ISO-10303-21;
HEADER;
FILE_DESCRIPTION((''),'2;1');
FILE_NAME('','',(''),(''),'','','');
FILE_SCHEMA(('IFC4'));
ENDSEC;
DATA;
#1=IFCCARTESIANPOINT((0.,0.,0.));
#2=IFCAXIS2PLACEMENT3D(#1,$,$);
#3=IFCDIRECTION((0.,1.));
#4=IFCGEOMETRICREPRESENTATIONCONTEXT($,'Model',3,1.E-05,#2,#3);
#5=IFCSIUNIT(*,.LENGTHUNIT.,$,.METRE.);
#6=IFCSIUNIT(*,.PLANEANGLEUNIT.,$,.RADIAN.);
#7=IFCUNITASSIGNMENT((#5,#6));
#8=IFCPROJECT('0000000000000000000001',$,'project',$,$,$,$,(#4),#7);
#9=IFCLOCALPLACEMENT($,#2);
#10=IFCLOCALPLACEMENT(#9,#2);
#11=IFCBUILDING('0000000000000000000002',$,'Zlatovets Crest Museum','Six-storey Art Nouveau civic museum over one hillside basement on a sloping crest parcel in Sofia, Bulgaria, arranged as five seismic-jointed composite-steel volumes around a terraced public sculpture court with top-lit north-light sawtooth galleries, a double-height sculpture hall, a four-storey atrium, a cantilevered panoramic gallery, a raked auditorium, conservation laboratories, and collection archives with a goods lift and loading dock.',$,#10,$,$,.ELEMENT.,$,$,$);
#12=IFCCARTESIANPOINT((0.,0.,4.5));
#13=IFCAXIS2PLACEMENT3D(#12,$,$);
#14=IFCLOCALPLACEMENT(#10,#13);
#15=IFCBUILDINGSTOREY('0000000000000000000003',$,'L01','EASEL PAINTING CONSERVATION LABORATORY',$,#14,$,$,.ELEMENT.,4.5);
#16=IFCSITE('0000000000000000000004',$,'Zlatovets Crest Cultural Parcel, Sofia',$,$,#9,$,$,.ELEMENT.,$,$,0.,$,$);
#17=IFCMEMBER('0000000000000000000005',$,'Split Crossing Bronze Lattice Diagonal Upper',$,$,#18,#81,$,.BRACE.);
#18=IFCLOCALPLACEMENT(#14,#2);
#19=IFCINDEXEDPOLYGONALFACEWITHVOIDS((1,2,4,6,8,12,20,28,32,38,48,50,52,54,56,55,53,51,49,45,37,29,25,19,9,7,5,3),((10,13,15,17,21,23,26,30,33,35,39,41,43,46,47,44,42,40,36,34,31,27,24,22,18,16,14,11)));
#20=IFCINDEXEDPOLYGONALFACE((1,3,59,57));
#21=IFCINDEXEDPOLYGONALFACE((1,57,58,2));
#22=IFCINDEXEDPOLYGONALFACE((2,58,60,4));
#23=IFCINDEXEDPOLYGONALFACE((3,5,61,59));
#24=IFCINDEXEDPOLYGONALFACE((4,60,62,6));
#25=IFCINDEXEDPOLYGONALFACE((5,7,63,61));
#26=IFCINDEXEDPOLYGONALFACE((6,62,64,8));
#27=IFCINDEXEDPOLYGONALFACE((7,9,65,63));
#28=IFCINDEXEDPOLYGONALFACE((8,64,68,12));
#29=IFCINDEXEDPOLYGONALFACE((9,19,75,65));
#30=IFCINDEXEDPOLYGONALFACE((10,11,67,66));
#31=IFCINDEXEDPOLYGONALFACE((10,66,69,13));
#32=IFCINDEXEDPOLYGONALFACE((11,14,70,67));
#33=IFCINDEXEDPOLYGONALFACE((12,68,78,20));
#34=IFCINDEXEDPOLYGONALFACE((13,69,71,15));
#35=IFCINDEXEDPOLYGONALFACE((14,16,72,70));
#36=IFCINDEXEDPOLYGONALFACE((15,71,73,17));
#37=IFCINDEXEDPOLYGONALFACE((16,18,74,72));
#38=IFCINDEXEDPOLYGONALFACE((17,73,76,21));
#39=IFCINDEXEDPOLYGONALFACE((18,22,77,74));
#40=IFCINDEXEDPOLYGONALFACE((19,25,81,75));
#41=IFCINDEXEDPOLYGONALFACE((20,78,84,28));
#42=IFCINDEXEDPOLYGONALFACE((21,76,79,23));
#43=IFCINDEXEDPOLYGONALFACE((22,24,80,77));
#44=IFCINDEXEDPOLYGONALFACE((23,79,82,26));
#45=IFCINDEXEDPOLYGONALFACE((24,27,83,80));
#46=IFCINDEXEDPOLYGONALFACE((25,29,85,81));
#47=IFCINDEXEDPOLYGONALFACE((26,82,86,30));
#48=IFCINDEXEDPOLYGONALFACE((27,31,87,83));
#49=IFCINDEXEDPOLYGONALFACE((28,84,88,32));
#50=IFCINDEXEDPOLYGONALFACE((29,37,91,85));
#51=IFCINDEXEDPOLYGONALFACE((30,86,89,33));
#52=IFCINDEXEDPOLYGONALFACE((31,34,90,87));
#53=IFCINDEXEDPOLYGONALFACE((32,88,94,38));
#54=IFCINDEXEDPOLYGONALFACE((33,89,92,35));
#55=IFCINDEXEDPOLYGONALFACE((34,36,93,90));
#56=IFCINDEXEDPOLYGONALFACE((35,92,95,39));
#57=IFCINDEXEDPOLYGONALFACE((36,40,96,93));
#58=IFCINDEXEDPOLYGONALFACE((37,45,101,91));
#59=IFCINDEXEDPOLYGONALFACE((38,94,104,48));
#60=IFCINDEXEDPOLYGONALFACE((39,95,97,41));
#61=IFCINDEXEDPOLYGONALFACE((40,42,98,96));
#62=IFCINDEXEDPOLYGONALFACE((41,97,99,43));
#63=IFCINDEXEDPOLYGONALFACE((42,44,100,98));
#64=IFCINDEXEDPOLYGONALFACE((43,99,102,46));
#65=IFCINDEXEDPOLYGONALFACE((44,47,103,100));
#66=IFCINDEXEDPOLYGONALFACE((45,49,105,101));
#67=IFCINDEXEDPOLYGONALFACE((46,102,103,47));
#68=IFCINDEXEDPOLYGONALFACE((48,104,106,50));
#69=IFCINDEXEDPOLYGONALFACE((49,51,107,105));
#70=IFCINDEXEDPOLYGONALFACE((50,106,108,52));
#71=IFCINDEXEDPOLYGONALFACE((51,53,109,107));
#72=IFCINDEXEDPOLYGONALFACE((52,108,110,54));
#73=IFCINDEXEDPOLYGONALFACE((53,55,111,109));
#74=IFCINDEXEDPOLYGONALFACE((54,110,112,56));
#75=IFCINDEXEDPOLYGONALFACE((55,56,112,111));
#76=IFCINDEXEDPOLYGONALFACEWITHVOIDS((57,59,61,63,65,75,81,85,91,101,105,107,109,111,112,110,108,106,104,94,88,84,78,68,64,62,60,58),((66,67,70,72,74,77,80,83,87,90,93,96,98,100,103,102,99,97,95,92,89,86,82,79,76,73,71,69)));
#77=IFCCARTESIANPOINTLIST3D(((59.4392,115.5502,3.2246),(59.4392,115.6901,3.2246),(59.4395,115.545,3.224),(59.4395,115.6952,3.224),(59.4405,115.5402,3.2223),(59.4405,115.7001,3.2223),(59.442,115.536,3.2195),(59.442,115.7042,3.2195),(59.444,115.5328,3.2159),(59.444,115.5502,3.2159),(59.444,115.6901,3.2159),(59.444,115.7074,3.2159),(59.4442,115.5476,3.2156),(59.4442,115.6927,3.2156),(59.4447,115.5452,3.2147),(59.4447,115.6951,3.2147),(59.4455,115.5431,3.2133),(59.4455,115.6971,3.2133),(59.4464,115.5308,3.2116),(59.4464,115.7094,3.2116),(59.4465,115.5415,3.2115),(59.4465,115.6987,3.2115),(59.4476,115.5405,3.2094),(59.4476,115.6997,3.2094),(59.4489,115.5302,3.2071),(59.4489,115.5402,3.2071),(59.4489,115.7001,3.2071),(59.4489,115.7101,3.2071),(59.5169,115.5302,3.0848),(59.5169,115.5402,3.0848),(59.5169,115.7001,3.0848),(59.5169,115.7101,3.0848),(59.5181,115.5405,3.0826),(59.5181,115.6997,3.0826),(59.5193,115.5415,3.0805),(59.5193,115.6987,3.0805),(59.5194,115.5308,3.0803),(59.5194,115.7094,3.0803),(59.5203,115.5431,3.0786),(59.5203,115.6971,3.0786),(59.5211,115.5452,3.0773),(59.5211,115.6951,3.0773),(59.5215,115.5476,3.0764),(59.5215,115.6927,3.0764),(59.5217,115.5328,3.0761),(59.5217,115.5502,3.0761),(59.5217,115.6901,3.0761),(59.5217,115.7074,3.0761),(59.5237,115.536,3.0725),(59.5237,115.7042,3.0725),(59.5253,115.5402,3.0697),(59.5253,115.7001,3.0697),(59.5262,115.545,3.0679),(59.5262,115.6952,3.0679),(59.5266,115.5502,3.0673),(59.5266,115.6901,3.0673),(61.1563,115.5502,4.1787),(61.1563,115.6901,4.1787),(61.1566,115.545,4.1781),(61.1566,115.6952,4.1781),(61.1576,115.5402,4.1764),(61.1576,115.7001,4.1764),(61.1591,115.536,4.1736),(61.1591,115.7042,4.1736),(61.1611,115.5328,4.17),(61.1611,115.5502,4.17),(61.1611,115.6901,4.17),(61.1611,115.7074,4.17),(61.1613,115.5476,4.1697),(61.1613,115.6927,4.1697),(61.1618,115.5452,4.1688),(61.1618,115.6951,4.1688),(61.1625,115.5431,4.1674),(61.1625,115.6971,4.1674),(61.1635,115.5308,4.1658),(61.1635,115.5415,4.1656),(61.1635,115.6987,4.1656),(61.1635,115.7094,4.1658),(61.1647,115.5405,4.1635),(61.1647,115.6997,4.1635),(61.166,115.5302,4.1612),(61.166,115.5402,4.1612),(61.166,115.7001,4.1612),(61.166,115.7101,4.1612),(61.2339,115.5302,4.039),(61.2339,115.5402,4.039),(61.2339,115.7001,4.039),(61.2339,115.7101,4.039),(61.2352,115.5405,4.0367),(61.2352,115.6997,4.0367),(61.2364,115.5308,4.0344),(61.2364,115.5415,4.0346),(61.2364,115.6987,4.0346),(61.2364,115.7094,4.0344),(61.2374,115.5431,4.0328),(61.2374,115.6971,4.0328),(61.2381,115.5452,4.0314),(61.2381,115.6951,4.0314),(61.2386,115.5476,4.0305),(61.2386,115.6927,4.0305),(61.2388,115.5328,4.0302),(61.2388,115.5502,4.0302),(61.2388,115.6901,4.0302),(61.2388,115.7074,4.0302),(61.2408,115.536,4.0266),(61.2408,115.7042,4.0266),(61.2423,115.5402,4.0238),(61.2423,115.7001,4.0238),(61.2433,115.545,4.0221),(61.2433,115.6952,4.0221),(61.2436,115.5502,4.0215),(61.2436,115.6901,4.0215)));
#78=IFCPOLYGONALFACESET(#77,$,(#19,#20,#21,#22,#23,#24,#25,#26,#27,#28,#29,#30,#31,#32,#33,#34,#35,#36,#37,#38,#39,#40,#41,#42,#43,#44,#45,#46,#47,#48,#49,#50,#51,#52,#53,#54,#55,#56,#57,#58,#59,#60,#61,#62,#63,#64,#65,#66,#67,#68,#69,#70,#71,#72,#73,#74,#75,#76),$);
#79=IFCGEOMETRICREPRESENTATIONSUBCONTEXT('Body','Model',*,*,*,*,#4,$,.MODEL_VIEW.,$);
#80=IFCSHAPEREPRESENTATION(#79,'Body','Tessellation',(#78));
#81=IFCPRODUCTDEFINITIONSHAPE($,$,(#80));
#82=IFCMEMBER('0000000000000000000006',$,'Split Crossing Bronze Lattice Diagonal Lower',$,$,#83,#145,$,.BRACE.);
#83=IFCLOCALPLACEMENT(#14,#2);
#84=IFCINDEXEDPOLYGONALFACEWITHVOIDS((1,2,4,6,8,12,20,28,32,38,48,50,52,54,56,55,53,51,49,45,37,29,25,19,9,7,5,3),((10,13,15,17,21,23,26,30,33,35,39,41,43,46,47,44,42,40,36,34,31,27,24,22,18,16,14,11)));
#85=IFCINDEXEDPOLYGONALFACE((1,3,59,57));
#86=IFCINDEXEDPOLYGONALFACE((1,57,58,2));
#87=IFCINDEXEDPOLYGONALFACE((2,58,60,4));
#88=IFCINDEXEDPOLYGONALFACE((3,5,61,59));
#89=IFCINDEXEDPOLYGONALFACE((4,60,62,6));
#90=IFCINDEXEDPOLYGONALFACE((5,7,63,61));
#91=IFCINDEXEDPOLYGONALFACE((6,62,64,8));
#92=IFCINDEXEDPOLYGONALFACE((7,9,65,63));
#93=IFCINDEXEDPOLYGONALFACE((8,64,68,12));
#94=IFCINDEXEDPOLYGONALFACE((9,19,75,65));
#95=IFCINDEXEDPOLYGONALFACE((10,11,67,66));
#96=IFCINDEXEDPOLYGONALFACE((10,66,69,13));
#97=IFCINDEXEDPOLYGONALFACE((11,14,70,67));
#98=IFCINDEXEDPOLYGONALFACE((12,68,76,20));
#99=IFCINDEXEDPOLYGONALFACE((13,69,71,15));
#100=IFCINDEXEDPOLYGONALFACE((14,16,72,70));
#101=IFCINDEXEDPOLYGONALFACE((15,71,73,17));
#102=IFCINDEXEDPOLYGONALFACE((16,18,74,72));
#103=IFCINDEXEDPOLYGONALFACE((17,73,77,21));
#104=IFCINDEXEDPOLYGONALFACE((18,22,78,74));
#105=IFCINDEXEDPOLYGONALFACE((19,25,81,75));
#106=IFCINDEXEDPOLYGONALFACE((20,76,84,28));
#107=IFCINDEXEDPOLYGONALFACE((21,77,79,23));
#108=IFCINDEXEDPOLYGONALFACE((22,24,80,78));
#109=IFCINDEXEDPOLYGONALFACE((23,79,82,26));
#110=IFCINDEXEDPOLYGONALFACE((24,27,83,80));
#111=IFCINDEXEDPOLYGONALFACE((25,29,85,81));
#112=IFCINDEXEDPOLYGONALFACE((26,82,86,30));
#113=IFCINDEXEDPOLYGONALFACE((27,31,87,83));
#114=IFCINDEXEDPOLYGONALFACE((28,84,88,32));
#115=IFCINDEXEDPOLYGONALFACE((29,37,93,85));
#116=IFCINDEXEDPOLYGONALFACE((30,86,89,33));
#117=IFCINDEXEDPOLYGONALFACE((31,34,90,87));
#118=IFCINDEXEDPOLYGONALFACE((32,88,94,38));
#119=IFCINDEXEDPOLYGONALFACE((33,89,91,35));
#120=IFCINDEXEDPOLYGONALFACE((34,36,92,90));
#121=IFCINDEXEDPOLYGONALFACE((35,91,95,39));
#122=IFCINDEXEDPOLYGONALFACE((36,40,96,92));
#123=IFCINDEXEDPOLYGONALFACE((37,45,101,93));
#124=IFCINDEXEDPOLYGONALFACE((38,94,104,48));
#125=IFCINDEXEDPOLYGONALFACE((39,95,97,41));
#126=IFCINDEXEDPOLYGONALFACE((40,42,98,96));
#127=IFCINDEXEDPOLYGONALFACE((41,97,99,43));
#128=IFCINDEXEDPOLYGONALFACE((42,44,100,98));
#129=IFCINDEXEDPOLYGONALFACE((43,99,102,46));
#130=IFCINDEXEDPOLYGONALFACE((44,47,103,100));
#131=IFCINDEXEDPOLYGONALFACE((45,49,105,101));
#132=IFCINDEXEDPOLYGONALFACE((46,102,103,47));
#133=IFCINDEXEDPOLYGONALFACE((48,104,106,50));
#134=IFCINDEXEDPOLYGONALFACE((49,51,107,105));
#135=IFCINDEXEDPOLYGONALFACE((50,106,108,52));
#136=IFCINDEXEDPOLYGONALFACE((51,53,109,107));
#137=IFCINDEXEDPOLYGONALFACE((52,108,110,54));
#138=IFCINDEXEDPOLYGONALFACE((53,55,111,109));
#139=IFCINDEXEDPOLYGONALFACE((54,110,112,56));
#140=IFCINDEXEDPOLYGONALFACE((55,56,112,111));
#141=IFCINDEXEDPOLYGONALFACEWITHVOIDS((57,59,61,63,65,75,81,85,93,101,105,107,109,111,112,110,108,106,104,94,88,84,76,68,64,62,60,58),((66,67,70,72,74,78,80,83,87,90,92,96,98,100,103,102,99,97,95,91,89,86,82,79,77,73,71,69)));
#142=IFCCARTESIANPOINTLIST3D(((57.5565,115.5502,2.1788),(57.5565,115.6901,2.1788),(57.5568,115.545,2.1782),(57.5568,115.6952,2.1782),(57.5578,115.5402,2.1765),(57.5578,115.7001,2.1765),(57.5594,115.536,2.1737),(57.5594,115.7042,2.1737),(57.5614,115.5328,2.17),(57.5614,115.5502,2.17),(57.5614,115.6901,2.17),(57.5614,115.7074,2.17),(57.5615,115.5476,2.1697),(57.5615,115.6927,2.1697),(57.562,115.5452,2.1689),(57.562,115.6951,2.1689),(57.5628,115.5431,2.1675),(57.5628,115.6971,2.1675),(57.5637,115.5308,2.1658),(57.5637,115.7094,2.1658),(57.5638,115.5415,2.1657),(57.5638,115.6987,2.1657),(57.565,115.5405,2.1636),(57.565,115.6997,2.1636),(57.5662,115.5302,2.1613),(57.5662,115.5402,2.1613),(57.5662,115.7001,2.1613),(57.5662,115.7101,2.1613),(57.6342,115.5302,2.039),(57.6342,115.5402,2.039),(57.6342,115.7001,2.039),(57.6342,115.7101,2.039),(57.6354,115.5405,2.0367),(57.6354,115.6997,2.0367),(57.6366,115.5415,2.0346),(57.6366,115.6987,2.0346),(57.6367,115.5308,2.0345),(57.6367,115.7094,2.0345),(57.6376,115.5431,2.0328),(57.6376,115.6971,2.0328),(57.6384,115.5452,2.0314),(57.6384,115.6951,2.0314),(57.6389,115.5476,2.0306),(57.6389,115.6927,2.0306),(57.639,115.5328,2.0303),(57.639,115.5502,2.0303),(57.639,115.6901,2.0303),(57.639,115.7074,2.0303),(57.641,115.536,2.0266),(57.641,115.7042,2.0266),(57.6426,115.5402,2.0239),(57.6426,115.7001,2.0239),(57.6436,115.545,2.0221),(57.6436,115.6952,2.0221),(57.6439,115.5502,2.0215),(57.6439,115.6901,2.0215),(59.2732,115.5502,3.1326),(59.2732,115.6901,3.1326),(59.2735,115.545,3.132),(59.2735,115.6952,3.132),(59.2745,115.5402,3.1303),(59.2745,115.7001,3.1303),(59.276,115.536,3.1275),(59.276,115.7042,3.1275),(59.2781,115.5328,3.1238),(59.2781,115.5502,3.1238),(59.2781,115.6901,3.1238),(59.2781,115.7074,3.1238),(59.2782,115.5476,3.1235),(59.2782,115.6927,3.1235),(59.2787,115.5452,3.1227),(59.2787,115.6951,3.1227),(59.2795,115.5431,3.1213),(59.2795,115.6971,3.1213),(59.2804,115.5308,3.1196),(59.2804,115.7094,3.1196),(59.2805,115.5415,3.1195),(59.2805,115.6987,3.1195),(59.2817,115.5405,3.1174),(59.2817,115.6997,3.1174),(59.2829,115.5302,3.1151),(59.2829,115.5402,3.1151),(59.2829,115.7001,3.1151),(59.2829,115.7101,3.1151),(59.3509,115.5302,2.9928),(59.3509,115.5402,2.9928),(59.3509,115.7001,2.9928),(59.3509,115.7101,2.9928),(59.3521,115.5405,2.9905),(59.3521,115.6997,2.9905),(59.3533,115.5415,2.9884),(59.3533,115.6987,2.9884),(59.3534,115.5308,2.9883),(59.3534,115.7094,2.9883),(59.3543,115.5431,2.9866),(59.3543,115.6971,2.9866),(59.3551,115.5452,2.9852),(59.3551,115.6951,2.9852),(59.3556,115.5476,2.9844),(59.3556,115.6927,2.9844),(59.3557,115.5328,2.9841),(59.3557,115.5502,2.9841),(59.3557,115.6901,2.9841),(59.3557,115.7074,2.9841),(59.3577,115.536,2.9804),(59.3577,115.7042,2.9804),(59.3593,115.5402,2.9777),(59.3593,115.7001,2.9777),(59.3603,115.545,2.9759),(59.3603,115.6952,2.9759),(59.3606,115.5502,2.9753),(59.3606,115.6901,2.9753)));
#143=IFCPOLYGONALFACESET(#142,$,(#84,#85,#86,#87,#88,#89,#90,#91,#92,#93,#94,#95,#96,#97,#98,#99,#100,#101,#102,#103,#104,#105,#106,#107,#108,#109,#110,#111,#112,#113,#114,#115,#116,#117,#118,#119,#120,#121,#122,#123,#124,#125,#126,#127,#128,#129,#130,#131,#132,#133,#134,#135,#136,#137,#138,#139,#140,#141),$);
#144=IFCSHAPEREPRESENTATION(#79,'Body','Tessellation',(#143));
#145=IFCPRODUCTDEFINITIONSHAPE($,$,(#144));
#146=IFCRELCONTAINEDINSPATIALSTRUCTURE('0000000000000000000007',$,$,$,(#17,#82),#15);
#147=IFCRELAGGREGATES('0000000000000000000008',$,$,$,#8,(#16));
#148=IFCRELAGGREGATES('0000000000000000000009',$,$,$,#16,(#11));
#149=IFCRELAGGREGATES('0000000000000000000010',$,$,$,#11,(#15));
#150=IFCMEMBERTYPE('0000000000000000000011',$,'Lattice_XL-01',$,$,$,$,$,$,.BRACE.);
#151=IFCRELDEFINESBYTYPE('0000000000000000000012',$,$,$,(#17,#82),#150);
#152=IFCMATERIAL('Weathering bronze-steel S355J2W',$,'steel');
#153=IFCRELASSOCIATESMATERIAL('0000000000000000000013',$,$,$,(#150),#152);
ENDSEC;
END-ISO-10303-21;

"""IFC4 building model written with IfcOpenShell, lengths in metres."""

from ifc_helpers import new_model, si_unit, direction, frame, origin, origin_2d, place, context, subcontext, project, spatial, hollow_rectangle, extrude, material, material_profile, profile_set, type_object, element, save


model = new_model("IFC4")

# Units and contexts
model_context = context("Model", 3, precision=1e-05, world=origin(), true_north=direction((0.0, 1.0)))
body_context = subcontext(model_context, "Body", "Model", "MODEL_VIEW")
ifc_project = project(units=[si_unit("LENGTHUNIT", "METRE"), si_unit("PLANEANGLEUNIT", "RADIAN")], contexts=[model_context])

# Site, building, storey
site_placement = place(None, origin())
site = spatial("IfcSite", under=ifc_project, at=site_placement, Name="Zlatovets Crest Cultural Parcel, Sofia", CompositionType="ELEMENT", RefElevation=0.0)
building_placement = place(site_placement, origin())
building = spatial("IfcBuilding", under=site, at=building_placement, Name="Zlatovets Crest Museum", Description="Six-storey Art Nouveau civic museum over one hillside basement on a sloping crest parcel in Sofia, Bulgaria, arranged as five seismic-jointed composite-steel volumes around a terraced public sculpture court with top-lit north-light sawtooth galleries, a double-height sculpture hall, a four-storey atrium, a cantilevered panoramic gallery, a raked auditorium, conservation laboratories, and collection archives with a goods lift and loading dock.", CompositionType="ELEMENT")
storey_placement = place(building_placement, frame((0.0, 0.0, 4.5)))
storey = spatial("IfcBuildingStorey", under=building, at=storey_placement, Name="L01", Description="EASEL PAINTING CONSERVATION LABORATORY", CompositionType="ELEMENT", Elevation=4.5)

# Members
ifc_material_1 = material(Name="Weathering bronze-steel S355J2W", Category="steel")
ifc_material_profile_1 = material_profile(ifc_material_1, hollow_rectangle(XDim=0.1799, YDim=0.1799, WallThickness=0.01, InnerFilletRadius=0.01, OuterFilletRadius=0.02, at=origin_2d()), Name="SHS 180x180x10.0")
ifc_profile_set_1 = profile_set([ifc_material_profile_1], Name="Weathering bronze-steel S355J2W")
member_type_1 = type_object("IfcMemberType", Name="Lattice_XL-01", PredefinedType="BRACE", material=ifc_profile_set_1)
member_1_placement = place(storey_placement, frame((61.2, 115.6201, 4.1001), z_axis=(-0.874116, 0.0, -0.485717), x_axis=(0.0, -1.0, 0.0)))
element("IfcMember", 1, at=member_1_placement, inside=storey, type_object=member_type_1, Name="Split Crossing Bronze Lattice Diagonal Upper", PredefinedType="BRACE", context=body_context, shape_type="SweptSolid", body=[
    extrude(hollow_rectangle(XDim=0.1799, YDim=0.1799, WallThickness=0.01, InnerFilletRadius=0.01, OuterFilletRadius=0.02, at=origin_2d()), origin(), (0.0, 0.0, 1.0), 1.9644),
])
member_2_placement = place(storey_placement, frame((59.3169, 115.6201, 3.054), z_axis=(-0.87414, 0.0, -0.485675), x_axis=(0.0, -1.0, 0.0)))
element("IfcMember", 2, at=member_2_placement, inside=storey, type_object=member_type_1, Name="Split Crossing Bronze Lattice Diagonal Lower", PredefinedType="BRACE", context=body_context, shape_type="SweptSolid", body=[
    extrude(hollow_rectangle(XDim=0.1799, YDim=0.1799, WallThickness=0.01, InnerFilletRadius=0.01, OuterFilletRadius=0.02, at=origin_2d()), origin(), (0.0, 0.0, 1.0), 1.9639),
])

save(model, "model.ifc")
